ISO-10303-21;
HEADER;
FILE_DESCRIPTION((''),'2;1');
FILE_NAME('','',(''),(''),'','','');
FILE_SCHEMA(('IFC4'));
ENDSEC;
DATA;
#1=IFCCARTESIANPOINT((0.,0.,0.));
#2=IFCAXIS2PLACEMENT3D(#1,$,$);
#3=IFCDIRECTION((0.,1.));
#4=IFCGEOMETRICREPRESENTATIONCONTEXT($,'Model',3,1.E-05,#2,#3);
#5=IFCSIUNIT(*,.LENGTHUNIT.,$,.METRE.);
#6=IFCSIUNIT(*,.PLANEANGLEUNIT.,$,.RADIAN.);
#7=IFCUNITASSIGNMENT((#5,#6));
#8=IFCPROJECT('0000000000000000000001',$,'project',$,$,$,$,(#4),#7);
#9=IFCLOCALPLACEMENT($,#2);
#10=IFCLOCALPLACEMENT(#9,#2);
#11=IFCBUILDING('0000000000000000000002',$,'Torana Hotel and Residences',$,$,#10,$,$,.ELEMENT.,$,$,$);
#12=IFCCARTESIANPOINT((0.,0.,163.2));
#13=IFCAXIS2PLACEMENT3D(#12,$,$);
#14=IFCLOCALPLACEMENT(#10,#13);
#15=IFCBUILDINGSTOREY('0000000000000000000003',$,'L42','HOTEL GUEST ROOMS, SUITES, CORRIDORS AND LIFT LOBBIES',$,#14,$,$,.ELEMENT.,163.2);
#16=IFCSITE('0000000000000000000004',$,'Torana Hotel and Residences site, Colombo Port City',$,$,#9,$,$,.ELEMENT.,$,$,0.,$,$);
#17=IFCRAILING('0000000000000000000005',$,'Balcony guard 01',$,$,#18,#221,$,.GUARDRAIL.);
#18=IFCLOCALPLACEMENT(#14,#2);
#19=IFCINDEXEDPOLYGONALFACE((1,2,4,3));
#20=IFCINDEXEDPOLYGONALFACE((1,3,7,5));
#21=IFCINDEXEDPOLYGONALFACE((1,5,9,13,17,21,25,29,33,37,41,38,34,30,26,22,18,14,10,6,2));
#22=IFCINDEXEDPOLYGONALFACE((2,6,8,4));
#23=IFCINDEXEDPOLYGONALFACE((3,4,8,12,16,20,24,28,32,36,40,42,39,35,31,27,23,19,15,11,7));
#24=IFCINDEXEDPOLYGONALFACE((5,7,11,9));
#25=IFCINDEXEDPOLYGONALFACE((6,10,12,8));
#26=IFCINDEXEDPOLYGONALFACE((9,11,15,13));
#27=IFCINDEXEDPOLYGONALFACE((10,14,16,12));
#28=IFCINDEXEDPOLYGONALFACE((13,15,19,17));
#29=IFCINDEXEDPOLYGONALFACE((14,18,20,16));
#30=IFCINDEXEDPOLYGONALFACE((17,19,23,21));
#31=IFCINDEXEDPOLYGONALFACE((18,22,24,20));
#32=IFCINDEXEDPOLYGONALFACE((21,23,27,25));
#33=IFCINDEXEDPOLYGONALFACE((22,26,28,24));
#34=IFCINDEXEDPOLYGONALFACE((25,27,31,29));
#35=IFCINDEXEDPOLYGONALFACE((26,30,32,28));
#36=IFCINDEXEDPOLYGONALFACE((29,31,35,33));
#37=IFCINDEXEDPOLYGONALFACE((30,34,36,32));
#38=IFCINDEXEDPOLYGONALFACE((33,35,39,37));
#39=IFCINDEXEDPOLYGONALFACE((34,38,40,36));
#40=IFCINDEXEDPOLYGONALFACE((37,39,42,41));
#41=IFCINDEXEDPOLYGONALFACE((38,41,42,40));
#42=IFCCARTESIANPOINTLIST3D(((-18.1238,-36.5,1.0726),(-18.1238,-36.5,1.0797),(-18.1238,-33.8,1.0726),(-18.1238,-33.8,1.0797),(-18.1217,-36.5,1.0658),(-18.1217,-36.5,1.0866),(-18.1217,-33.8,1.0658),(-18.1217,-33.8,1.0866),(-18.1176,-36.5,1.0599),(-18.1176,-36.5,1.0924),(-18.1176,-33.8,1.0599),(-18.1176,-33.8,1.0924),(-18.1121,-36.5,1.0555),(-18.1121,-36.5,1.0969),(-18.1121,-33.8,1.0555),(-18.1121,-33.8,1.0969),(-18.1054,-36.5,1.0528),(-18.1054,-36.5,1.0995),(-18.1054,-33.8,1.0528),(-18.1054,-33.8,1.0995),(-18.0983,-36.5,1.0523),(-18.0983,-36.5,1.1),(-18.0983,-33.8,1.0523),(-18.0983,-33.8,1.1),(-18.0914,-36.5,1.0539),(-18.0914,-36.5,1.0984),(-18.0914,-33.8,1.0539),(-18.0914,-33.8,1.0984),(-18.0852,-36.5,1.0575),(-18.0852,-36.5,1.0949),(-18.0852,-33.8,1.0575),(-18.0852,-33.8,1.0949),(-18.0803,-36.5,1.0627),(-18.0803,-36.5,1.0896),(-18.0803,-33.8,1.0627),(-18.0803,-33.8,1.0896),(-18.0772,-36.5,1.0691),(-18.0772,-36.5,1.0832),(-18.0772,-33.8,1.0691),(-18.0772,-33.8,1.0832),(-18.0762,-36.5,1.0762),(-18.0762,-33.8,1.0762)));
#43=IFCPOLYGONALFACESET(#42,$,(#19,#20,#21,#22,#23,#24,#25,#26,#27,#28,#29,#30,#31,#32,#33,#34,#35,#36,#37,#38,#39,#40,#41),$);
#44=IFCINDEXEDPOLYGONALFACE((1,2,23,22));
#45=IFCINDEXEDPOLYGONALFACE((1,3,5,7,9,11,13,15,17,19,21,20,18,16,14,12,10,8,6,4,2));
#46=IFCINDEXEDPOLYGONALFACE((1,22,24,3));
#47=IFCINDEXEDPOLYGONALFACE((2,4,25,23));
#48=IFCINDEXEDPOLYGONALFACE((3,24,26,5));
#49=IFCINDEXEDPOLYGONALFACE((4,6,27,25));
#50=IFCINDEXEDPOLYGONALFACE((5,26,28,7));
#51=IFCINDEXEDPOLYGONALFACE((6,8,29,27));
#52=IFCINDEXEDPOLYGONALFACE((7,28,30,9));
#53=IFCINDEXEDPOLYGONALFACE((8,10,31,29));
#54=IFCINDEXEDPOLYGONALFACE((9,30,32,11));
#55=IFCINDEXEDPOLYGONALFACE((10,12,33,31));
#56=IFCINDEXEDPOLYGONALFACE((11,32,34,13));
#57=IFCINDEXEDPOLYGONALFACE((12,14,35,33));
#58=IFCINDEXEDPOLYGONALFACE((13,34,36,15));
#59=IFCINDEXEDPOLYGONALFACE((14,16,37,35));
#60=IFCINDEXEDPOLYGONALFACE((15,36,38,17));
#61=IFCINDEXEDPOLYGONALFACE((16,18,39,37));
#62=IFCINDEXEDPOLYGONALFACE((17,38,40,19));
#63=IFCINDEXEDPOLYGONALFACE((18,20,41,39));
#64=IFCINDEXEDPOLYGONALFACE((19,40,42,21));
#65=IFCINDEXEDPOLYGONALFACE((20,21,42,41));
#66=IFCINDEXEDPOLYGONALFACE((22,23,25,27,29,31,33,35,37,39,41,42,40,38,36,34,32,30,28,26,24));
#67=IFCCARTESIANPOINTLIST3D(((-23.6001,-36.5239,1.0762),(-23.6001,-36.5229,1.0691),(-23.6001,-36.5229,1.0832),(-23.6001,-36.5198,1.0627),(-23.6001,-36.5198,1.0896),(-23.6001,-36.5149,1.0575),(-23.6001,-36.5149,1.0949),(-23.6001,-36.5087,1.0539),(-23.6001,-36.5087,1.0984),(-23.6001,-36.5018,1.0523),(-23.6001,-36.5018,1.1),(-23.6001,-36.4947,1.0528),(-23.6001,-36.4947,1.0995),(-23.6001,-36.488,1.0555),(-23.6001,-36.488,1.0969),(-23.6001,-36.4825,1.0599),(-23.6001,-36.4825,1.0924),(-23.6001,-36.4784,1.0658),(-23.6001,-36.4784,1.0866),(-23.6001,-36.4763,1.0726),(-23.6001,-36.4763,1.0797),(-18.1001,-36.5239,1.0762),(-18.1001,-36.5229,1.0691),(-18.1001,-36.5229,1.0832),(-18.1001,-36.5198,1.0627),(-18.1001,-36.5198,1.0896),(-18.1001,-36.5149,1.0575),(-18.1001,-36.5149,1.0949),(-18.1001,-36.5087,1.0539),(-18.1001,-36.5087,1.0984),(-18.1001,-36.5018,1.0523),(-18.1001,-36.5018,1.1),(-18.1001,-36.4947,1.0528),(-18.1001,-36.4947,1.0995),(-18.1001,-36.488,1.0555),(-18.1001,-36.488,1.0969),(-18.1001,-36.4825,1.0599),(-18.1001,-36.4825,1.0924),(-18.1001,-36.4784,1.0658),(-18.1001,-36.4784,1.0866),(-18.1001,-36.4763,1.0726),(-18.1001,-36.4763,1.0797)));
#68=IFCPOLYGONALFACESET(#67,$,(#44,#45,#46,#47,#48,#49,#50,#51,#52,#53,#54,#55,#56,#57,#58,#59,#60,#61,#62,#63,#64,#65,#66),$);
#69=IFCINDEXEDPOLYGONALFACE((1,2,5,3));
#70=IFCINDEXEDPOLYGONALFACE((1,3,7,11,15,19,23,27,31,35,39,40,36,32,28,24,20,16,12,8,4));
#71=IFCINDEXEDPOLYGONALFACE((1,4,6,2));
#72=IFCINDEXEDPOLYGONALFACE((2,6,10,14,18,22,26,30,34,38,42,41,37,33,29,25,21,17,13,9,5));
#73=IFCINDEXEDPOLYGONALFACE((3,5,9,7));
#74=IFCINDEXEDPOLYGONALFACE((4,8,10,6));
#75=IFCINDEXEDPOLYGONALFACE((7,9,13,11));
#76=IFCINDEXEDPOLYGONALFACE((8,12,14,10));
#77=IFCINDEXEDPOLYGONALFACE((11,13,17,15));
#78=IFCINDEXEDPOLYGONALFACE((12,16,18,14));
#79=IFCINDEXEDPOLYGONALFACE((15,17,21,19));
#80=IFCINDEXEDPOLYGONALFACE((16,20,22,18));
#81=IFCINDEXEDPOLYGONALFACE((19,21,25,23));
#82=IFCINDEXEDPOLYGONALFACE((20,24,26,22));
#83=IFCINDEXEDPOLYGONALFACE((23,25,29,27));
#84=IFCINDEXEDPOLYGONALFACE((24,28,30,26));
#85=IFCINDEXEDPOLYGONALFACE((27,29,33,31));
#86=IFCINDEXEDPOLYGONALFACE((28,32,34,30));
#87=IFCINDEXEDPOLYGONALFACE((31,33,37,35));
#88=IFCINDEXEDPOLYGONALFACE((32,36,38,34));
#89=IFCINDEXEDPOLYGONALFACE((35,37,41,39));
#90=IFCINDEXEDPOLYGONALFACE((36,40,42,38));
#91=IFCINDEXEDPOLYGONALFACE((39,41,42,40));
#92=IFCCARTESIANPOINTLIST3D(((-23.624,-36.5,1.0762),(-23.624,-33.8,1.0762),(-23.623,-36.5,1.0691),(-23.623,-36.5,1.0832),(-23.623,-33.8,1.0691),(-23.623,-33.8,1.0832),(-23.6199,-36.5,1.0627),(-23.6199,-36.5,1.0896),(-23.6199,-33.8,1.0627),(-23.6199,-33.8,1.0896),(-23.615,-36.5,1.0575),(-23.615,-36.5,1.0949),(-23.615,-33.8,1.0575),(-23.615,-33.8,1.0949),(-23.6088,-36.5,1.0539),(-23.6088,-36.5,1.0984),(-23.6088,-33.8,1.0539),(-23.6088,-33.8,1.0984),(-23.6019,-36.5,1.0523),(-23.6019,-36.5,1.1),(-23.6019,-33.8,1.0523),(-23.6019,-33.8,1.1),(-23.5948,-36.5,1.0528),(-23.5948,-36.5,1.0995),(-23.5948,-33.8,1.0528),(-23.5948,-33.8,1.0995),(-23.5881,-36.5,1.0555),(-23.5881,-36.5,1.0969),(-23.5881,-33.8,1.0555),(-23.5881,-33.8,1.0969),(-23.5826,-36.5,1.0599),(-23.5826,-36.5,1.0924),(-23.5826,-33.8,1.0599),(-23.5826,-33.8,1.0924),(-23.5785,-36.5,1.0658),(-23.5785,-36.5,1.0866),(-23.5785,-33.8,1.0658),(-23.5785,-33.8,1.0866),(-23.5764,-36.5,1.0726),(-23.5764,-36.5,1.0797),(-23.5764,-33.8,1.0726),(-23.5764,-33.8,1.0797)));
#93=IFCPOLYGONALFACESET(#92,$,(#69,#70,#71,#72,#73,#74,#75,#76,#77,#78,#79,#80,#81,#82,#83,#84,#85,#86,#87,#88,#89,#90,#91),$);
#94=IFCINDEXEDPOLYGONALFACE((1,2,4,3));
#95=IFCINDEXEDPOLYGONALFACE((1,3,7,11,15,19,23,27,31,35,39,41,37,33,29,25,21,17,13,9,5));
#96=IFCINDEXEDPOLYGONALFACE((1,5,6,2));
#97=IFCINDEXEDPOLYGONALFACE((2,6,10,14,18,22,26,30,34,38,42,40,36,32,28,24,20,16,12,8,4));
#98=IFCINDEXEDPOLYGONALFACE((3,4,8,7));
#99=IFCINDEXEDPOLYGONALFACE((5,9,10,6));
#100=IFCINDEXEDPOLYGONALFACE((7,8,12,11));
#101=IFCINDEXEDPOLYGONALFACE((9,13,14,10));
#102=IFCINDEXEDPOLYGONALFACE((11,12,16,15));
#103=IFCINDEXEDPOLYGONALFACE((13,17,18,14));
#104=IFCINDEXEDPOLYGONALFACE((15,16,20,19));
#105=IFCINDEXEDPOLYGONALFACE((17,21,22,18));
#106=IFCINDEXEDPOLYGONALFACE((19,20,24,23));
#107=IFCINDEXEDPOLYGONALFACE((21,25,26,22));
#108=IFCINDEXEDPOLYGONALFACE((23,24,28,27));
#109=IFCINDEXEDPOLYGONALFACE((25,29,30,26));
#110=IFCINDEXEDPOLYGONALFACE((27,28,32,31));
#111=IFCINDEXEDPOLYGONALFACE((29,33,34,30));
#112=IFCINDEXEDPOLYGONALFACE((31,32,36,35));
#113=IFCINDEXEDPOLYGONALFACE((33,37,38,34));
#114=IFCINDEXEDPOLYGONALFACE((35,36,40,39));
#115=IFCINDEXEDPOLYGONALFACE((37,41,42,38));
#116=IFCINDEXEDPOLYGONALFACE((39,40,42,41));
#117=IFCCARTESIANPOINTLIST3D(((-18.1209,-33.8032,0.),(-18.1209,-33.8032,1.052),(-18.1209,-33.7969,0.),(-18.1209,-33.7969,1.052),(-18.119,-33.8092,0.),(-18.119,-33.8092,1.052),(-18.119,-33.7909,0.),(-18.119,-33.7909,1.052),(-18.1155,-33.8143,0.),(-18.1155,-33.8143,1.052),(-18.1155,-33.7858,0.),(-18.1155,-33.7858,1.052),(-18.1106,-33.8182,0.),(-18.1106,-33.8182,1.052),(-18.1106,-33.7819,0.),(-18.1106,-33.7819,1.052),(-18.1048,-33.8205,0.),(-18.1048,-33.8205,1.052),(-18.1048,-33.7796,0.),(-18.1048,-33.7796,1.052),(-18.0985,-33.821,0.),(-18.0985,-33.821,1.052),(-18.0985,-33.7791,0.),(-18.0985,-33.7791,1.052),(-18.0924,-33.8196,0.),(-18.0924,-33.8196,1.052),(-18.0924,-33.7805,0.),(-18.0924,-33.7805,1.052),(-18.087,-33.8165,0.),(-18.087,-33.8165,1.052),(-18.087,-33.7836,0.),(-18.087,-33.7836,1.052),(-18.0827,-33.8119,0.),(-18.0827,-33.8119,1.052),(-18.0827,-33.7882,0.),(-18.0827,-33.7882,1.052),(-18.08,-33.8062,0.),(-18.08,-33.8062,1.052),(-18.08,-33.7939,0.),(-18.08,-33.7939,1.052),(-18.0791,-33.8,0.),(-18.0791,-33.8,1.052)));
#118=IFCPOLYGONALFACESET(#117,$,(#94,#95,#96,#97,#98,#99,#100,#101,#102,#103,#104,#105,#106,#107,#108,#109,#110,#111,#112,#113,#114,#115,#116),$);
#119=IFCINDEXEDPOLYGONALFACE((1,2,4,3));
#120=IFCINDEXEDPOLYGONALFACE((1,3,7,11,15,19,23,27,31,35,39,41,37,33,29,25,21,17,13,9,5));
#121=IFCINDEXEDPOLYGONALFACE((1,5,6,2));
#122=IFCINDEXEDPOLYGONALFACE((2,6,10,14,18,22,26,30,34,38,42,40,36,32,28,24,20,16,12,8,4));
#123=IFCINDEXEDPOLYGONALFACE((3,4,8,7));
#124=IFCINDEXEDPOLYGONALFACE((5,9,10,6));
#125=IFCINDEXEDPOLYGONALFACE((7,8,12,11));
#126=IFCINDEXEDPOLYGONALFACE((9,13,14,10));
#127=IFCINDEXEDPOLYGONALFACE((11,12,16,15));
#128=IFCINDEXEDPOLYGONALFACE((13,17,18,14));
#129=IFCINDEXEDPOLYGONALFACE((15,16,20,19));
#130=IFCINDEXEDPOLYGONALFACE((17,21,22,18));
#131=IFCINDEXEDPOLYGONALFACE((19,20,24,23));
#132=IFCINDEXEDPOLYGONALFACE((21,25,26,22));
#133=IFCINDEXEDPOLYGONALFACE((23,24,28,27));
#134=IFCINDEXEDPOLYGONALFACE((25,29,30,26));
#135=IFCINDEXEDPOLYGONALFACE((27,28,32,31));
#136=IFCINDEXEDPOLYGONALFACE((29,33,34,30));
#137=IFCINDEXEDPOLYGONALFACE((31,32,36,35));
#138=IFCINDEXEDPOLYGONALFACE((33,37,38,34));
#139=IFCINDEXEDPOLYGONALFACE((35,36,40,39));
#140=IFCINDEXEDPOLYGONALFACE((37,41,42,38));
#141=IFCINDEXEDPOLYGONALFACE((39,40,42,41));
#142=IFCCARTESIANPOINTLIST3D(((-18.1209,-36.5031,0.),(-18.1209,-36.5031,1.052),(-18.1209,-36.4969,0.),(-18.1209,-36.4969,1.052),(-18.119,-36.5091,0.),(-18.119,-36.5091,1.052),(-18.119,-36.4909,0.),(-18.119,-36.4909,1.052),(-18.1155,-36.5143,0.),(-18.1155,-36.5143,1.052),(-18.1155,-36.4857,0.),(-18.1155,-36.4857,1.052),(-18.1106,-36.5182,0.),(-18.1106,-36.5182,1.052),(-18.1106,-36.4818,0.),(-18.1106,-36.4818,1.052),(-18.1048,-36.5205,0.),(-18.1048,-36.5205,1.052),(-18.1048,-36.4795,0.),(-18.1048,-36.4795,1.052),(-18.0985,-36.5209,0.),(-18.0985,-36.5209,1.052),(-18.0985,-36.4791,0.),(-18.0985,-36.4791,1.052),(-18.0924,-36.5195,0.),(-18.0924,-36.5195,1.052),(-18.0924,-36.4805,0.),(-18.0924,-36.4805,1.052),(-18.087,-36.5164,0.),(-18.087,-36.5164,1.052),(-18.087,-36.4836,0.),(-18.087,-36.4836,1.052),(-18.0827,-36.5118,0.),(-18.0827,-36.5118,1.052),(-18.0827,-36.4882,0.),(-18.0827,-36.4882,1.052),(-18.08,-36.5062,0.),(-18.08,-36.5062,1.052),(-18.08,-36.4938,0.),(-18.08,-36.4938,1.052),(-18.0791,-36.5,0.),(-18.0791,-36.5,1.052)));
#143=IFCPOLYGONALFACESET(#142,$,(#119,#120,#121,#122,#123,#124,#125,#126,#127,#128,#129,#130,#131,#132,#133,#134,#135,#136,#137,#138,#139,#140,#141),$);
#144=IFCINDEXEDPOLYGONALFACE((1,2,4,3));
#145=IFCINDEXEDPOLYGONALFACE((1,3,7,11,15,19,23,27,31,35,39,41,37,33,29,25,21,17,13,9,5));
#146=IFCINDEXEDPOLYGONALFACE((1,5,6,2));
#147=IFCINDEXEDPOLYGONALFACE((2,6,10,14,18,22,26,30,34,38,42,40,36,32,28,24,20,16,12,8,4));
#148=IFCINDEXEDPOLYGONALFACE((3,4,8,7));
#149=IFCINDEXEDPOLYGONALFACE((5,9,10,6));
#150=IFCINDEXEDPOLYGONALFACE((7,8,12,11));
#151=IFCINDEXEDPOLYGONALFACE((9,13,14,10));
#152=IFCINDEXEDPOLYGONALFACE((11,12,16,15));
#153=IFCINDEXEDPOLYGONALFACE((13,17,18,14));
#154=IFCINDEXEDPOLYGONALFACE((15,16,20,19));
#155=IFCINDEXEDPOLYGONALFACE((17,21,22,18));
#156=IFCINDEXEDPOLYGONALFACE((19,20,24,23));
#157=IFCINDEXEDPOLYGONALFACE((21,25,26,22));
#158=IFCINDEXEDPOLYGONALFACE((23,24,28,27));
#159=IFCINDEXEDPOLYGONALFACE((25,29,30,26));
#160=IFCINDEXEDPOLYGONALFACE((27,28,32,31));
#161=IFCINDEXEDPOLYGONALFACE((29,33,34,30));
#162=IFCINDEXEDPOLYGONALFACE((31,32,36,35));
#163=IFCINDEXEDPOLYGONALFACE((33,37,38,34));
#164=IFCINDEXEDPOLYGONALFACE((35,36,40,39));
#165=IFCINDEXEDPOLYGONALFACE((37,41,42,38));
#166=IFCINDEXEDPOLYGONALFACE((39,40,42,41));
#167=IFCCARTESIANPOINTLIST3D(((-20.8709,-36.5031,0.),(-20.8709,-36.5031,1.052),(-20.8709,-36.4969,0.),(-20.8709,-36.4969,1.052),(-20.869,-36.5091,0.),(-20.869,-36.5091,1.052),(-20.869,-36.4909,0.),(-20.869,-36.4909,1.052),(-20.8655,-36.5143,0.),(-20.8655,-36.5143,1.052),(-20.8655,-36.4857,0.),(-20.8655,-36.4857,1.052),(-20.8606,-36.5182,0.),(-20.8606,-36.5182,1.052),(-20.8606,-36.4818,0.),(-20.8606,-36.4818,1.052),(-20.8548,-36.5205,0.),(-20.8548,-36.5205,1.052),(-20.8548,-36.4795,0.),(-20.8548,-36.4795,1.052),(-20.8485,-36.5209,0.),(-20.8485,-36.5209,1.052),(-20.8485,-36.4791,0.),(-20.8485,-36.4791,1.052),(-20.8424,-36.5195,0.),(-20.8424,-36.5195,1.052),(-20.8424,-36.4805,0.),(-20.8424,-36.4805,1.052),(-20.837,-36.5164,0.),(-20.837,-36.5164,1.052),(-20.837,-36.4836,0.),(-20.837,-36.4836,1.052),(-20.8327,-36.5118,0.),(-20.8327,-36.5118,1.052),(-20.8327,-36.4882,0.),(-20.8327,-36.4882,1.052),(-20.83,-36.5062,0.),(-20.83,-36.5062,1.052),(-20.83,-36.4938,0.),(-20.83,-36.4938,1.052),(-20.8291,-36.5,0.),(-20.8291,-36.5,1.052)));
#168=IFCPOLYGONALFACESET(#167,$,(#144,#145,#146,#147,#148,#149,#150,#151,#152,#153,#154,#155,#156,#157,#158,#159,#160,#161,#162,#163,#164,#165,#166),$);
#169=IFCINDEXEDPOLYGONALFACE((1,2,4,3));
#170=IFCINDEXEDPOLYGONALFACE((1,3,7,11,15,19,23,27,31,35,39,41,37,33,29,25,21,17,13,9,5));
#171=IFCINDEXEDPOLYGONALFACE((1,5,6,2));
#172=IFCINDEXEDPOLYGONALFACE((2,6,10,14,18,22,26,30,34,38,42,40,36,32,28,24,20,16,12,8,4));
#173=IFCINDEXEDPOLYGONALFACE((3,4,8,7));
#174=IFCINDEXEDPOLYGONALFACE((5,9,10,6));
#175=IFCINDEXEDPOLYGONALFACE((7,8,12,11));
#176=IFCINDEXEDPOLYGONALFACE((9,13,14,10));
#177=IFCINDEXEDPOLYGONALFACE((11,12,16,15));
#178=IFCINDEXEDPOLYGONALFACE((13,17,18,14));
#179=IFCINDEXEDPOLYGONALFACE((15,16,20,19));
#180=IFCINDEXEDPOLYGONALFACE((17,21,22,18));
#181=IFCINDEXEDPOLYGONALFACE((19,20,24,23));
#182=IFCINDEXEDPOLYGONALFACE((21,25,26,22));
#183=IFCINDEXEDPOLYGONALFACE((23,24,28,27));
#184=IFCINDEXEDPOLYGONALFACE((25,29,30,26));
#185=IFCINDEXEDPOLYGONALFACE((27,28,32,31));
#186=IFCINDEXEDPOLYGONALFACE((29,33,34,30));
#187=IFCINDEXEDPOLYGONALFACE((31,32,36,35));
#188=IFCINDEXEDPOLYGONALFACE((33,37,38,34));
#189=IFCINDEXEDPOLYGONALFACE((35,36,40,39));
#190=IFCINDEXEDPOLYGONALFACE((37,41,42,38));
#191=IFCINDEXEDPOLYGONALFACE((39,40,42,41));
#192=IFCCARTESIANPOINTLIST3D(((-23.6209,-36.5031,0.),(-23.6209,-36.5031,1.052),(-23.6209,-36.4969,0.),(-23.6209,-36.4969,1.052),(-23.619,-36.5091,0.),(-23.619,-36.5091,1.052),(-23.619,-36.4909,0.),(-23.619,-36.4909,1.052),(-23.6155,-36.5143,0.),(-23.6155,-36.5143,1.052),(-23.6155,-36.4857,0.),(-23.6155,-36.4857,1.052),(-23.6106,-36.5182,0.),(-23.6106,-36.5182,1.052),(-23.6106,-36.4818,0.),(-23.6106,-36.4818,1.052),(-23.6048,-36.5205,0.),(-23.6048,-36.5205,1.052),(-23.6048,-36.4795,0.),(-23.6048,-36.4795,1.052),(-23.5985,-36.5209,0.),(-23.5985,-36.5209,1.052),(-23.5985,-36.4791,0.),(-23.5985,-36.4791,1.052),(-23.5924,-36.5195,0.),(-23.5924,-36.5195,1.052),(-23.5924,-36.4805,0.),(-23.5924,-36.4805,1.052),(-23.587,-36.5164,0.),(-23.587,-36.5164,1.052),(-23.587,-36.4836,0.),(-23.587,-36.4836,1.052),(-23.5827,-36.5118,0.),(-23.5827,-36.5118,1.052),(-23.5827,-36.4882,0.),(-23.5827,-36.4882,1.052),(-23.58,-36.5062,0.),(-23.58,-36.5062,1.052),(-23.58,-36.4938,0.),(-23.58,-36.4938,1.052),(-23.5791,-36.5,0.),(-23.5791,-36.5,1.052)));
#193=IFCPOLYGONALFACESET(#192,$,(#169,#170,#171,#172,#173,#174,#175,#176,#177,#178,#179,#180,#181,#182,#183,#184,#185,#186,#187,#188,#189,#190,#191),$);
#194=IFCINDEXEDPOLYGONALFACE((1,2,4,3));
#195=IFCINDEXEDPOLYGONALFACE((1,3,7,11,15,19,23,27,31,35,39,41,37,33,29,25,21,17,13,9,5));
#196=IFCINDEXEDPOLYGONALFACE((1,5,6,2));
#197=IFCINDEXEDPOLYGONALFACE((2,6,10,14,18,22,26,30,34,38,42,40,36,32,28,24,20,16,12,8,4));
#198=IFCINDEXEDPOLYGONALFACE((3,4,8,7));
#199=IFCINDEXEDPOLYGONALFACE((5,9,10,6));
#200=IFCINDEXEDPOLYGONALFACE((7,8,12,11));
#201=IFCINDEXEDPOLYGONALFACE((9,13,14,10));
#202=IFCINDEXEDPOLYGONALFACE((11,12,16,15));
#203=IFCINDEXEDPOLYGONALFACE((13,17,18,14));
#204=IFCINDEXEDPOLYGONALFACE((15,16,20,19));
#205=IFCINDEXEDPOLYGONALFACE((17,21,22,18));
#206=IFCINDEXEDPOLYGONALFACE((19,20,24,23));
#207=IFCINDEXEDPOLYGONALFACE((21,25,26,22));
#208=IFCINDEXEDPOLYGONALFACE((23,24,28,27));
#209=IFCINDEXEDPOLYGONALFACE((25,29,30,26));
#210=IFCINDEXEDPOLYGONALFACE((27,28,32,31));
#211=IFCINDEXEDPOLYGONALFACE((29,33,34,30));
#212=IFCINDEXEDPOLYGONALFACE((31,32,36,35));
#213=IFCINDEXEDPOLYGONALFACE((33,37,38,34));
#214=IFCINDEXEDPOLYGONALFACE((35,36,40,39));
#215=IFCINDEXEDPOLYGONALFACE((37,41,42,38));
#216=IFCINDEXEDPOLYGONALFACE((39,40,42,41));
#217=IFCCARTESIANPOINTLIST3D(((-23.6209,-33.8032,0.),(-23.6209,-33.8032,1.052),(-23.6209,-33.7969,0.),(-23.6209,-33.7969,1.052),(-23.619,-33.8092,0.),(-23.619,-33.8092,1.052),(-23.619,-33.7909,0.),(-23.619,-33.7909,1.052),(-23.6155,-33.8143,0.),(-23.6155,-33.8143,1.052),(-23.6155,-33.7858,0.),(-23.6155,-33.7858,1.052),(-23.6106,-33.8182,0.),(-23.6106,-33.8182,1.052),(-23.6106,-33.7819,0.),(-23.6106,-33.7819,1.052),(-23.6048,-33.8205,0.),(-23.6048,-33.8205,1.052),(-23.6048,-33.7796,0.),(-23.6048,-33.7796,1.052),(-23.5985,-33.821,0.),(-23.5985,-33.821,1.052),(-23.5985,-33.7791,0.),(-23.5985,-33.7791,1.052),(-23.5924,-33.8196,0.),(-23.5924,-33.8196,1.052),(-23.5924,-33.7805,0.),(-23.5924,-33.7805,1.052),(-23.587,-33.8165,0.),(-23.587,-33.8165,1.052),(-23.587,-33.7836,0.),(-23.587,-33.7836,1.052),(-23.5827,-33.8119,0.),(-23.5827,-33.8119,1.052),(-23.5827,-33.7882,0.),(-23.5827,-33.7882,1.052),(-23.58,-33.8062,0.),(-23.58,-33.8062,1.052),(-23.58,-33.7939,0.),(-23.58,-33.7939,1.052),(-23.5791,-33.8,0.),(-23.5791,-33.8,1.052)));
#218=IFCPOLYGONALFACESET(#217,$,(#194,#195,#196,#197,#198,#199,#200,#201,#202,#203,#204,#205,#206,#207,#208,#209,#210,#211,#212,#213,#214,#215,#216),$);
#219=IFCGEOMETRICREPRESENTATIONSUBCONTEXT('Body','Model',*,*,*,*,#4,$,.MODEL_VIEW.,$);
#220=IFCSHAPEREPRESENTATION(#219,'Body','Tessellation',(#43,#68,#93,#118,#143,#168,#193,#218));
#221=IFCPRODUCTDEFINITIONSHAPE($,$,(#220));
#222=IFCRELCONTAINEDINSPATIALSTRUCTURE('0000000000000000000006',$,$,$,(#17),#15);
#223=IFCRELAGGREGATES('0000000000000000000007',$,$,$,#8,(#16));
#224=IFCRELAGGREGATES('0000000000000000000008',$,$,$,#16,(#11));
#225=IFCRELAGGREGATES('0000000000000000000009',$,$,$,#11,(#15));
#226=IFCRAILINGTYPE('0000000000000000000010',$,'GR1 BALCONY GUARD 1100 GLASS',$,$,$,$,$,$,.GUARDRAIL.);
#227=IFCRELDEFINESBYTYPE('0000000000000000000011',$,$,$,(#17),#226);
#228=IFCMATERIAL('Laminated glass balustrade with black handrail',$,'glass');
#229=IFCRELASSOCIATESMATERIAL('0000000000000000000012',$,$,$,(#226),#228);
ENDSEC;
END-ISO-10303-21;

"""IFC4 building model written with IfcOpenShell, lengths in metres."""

from ifc_helpers import new_model, si_unit, direction, frame, origin, origin_2d, place, context, subcontext, project, spatial, circle, extrude, material, type_object, element, save


model = new_model("IFC4")

# Units and contexts
model_context = context("Model", 3, precision=1e-05, world=origin(), true_north=direction((0.0, 1.0)))
body_context = subcontext(model_context, "Body", "Model", "MODEL_VIEW")
ifc_project = project(units=[si_unit("LENGTHUNIT", "METRE"), si_unit("PLANEANGLEUNIT", "RADIAN")], contexts=[model_context])

# Site, building, storey
site_placement = place(None, origin())
site = spatial("IfcSite", under=ifc_project, at=site_placement, Name="Torana Hotel and Residences site, Colombo Port City", CompositionType="ELEMENT", RefElevation=0.0)
building_placement = place(site_placement, origin())
building = spatial("IfcBuilding", under=site, at=building_placement, Name="Torana Hotel and Residences", CompositionType="ELEMENT")
storey_placement = place(building_placement, frame((0.0, 0.0, 163.2)))
storey = spatial("IfcBuildingStorey", under=building, at=storey_placement, Name="L42", Description="HOTEL GUEST ROOMS, SUITES, CORRIDORS AND LIFT LOBBIES", CompositionType="ELEMENT", Elevation=163.2)

# Railing
ifc_material_1 = material(Name="Laminated glass balustrade with black handrail", Category="glass")
railing_type = type_object("IfcRailingType", Name="GR1 BALCONY GUARD 1100 GLASS", PredefinedType="GUARDRAIL", material=ifc_material_1)
railing_placement = place(storey_placement, frame((-18.1001, -33.8, 0.0)))
element("IfcRailing", 1, at=railing_placement, inside=storey, type_object=railing_type, Name="Balcony guard 01", PredefinedType="GUARDRAIL", context=body_context, shape_type="SweptSolid", body=[
    extrude(circle(Radius=0.0239, at=origin_2d()), frame((0.0, 0.0, 1.0762), z_axis=(0.0, -1.0, 0.0), x_axis=(1.0, 0.0, 0.0)), (0.0, 0.0, 1.0), 2.7),
    extrude(circle(Radius=0.0239, at=origin_2d()), frame((0.0, -2.7, 1.0762), z_axis=(-1.0, 0.0, 0.0), x_axis=(0.0, -1.0, 0.0)), (0.0, 0.0, 1.0), 5.5),
    extrude(circle(Radius=0.0239, at=origin_2d()), frame((-5.5, -2.7, 1.0762), z_axis=(0.0, 1.0, 0.0), x_axis=(-1.0, 0.0, 0.0)), (0.0, 0.0, 1.0), 2.7),
    extrude(circle(Radius=0.021, at=origin_2d()), origin(), (0.0, 0.0, 1.0), 1.052),
    extrude(circle(Radius=0.021, at=origin_2d()), frame((0.0, -2.7, 0.0)), (0.0, 0.0, 1.0), 1.052),
    extrude(circle(Radius=0.021, at=origin_2d()), frame((-2.75, -2.7, 0.0)), (0.0, 0.0, 1.0), 1.052),
    extrude(circle(Radius=0.021, at=origin_2d()), frame((-5.5, -2.7, 0.0)), (0.0, 0.0, 1.0), 1.052),
    extrude(circle(Radius=0.021, at=origin_2d()), frame((-5.5, 0.0, 0.0)), (0.0, 0.0, 1.0), 1.052),
])

save(model, "model.ifc")
